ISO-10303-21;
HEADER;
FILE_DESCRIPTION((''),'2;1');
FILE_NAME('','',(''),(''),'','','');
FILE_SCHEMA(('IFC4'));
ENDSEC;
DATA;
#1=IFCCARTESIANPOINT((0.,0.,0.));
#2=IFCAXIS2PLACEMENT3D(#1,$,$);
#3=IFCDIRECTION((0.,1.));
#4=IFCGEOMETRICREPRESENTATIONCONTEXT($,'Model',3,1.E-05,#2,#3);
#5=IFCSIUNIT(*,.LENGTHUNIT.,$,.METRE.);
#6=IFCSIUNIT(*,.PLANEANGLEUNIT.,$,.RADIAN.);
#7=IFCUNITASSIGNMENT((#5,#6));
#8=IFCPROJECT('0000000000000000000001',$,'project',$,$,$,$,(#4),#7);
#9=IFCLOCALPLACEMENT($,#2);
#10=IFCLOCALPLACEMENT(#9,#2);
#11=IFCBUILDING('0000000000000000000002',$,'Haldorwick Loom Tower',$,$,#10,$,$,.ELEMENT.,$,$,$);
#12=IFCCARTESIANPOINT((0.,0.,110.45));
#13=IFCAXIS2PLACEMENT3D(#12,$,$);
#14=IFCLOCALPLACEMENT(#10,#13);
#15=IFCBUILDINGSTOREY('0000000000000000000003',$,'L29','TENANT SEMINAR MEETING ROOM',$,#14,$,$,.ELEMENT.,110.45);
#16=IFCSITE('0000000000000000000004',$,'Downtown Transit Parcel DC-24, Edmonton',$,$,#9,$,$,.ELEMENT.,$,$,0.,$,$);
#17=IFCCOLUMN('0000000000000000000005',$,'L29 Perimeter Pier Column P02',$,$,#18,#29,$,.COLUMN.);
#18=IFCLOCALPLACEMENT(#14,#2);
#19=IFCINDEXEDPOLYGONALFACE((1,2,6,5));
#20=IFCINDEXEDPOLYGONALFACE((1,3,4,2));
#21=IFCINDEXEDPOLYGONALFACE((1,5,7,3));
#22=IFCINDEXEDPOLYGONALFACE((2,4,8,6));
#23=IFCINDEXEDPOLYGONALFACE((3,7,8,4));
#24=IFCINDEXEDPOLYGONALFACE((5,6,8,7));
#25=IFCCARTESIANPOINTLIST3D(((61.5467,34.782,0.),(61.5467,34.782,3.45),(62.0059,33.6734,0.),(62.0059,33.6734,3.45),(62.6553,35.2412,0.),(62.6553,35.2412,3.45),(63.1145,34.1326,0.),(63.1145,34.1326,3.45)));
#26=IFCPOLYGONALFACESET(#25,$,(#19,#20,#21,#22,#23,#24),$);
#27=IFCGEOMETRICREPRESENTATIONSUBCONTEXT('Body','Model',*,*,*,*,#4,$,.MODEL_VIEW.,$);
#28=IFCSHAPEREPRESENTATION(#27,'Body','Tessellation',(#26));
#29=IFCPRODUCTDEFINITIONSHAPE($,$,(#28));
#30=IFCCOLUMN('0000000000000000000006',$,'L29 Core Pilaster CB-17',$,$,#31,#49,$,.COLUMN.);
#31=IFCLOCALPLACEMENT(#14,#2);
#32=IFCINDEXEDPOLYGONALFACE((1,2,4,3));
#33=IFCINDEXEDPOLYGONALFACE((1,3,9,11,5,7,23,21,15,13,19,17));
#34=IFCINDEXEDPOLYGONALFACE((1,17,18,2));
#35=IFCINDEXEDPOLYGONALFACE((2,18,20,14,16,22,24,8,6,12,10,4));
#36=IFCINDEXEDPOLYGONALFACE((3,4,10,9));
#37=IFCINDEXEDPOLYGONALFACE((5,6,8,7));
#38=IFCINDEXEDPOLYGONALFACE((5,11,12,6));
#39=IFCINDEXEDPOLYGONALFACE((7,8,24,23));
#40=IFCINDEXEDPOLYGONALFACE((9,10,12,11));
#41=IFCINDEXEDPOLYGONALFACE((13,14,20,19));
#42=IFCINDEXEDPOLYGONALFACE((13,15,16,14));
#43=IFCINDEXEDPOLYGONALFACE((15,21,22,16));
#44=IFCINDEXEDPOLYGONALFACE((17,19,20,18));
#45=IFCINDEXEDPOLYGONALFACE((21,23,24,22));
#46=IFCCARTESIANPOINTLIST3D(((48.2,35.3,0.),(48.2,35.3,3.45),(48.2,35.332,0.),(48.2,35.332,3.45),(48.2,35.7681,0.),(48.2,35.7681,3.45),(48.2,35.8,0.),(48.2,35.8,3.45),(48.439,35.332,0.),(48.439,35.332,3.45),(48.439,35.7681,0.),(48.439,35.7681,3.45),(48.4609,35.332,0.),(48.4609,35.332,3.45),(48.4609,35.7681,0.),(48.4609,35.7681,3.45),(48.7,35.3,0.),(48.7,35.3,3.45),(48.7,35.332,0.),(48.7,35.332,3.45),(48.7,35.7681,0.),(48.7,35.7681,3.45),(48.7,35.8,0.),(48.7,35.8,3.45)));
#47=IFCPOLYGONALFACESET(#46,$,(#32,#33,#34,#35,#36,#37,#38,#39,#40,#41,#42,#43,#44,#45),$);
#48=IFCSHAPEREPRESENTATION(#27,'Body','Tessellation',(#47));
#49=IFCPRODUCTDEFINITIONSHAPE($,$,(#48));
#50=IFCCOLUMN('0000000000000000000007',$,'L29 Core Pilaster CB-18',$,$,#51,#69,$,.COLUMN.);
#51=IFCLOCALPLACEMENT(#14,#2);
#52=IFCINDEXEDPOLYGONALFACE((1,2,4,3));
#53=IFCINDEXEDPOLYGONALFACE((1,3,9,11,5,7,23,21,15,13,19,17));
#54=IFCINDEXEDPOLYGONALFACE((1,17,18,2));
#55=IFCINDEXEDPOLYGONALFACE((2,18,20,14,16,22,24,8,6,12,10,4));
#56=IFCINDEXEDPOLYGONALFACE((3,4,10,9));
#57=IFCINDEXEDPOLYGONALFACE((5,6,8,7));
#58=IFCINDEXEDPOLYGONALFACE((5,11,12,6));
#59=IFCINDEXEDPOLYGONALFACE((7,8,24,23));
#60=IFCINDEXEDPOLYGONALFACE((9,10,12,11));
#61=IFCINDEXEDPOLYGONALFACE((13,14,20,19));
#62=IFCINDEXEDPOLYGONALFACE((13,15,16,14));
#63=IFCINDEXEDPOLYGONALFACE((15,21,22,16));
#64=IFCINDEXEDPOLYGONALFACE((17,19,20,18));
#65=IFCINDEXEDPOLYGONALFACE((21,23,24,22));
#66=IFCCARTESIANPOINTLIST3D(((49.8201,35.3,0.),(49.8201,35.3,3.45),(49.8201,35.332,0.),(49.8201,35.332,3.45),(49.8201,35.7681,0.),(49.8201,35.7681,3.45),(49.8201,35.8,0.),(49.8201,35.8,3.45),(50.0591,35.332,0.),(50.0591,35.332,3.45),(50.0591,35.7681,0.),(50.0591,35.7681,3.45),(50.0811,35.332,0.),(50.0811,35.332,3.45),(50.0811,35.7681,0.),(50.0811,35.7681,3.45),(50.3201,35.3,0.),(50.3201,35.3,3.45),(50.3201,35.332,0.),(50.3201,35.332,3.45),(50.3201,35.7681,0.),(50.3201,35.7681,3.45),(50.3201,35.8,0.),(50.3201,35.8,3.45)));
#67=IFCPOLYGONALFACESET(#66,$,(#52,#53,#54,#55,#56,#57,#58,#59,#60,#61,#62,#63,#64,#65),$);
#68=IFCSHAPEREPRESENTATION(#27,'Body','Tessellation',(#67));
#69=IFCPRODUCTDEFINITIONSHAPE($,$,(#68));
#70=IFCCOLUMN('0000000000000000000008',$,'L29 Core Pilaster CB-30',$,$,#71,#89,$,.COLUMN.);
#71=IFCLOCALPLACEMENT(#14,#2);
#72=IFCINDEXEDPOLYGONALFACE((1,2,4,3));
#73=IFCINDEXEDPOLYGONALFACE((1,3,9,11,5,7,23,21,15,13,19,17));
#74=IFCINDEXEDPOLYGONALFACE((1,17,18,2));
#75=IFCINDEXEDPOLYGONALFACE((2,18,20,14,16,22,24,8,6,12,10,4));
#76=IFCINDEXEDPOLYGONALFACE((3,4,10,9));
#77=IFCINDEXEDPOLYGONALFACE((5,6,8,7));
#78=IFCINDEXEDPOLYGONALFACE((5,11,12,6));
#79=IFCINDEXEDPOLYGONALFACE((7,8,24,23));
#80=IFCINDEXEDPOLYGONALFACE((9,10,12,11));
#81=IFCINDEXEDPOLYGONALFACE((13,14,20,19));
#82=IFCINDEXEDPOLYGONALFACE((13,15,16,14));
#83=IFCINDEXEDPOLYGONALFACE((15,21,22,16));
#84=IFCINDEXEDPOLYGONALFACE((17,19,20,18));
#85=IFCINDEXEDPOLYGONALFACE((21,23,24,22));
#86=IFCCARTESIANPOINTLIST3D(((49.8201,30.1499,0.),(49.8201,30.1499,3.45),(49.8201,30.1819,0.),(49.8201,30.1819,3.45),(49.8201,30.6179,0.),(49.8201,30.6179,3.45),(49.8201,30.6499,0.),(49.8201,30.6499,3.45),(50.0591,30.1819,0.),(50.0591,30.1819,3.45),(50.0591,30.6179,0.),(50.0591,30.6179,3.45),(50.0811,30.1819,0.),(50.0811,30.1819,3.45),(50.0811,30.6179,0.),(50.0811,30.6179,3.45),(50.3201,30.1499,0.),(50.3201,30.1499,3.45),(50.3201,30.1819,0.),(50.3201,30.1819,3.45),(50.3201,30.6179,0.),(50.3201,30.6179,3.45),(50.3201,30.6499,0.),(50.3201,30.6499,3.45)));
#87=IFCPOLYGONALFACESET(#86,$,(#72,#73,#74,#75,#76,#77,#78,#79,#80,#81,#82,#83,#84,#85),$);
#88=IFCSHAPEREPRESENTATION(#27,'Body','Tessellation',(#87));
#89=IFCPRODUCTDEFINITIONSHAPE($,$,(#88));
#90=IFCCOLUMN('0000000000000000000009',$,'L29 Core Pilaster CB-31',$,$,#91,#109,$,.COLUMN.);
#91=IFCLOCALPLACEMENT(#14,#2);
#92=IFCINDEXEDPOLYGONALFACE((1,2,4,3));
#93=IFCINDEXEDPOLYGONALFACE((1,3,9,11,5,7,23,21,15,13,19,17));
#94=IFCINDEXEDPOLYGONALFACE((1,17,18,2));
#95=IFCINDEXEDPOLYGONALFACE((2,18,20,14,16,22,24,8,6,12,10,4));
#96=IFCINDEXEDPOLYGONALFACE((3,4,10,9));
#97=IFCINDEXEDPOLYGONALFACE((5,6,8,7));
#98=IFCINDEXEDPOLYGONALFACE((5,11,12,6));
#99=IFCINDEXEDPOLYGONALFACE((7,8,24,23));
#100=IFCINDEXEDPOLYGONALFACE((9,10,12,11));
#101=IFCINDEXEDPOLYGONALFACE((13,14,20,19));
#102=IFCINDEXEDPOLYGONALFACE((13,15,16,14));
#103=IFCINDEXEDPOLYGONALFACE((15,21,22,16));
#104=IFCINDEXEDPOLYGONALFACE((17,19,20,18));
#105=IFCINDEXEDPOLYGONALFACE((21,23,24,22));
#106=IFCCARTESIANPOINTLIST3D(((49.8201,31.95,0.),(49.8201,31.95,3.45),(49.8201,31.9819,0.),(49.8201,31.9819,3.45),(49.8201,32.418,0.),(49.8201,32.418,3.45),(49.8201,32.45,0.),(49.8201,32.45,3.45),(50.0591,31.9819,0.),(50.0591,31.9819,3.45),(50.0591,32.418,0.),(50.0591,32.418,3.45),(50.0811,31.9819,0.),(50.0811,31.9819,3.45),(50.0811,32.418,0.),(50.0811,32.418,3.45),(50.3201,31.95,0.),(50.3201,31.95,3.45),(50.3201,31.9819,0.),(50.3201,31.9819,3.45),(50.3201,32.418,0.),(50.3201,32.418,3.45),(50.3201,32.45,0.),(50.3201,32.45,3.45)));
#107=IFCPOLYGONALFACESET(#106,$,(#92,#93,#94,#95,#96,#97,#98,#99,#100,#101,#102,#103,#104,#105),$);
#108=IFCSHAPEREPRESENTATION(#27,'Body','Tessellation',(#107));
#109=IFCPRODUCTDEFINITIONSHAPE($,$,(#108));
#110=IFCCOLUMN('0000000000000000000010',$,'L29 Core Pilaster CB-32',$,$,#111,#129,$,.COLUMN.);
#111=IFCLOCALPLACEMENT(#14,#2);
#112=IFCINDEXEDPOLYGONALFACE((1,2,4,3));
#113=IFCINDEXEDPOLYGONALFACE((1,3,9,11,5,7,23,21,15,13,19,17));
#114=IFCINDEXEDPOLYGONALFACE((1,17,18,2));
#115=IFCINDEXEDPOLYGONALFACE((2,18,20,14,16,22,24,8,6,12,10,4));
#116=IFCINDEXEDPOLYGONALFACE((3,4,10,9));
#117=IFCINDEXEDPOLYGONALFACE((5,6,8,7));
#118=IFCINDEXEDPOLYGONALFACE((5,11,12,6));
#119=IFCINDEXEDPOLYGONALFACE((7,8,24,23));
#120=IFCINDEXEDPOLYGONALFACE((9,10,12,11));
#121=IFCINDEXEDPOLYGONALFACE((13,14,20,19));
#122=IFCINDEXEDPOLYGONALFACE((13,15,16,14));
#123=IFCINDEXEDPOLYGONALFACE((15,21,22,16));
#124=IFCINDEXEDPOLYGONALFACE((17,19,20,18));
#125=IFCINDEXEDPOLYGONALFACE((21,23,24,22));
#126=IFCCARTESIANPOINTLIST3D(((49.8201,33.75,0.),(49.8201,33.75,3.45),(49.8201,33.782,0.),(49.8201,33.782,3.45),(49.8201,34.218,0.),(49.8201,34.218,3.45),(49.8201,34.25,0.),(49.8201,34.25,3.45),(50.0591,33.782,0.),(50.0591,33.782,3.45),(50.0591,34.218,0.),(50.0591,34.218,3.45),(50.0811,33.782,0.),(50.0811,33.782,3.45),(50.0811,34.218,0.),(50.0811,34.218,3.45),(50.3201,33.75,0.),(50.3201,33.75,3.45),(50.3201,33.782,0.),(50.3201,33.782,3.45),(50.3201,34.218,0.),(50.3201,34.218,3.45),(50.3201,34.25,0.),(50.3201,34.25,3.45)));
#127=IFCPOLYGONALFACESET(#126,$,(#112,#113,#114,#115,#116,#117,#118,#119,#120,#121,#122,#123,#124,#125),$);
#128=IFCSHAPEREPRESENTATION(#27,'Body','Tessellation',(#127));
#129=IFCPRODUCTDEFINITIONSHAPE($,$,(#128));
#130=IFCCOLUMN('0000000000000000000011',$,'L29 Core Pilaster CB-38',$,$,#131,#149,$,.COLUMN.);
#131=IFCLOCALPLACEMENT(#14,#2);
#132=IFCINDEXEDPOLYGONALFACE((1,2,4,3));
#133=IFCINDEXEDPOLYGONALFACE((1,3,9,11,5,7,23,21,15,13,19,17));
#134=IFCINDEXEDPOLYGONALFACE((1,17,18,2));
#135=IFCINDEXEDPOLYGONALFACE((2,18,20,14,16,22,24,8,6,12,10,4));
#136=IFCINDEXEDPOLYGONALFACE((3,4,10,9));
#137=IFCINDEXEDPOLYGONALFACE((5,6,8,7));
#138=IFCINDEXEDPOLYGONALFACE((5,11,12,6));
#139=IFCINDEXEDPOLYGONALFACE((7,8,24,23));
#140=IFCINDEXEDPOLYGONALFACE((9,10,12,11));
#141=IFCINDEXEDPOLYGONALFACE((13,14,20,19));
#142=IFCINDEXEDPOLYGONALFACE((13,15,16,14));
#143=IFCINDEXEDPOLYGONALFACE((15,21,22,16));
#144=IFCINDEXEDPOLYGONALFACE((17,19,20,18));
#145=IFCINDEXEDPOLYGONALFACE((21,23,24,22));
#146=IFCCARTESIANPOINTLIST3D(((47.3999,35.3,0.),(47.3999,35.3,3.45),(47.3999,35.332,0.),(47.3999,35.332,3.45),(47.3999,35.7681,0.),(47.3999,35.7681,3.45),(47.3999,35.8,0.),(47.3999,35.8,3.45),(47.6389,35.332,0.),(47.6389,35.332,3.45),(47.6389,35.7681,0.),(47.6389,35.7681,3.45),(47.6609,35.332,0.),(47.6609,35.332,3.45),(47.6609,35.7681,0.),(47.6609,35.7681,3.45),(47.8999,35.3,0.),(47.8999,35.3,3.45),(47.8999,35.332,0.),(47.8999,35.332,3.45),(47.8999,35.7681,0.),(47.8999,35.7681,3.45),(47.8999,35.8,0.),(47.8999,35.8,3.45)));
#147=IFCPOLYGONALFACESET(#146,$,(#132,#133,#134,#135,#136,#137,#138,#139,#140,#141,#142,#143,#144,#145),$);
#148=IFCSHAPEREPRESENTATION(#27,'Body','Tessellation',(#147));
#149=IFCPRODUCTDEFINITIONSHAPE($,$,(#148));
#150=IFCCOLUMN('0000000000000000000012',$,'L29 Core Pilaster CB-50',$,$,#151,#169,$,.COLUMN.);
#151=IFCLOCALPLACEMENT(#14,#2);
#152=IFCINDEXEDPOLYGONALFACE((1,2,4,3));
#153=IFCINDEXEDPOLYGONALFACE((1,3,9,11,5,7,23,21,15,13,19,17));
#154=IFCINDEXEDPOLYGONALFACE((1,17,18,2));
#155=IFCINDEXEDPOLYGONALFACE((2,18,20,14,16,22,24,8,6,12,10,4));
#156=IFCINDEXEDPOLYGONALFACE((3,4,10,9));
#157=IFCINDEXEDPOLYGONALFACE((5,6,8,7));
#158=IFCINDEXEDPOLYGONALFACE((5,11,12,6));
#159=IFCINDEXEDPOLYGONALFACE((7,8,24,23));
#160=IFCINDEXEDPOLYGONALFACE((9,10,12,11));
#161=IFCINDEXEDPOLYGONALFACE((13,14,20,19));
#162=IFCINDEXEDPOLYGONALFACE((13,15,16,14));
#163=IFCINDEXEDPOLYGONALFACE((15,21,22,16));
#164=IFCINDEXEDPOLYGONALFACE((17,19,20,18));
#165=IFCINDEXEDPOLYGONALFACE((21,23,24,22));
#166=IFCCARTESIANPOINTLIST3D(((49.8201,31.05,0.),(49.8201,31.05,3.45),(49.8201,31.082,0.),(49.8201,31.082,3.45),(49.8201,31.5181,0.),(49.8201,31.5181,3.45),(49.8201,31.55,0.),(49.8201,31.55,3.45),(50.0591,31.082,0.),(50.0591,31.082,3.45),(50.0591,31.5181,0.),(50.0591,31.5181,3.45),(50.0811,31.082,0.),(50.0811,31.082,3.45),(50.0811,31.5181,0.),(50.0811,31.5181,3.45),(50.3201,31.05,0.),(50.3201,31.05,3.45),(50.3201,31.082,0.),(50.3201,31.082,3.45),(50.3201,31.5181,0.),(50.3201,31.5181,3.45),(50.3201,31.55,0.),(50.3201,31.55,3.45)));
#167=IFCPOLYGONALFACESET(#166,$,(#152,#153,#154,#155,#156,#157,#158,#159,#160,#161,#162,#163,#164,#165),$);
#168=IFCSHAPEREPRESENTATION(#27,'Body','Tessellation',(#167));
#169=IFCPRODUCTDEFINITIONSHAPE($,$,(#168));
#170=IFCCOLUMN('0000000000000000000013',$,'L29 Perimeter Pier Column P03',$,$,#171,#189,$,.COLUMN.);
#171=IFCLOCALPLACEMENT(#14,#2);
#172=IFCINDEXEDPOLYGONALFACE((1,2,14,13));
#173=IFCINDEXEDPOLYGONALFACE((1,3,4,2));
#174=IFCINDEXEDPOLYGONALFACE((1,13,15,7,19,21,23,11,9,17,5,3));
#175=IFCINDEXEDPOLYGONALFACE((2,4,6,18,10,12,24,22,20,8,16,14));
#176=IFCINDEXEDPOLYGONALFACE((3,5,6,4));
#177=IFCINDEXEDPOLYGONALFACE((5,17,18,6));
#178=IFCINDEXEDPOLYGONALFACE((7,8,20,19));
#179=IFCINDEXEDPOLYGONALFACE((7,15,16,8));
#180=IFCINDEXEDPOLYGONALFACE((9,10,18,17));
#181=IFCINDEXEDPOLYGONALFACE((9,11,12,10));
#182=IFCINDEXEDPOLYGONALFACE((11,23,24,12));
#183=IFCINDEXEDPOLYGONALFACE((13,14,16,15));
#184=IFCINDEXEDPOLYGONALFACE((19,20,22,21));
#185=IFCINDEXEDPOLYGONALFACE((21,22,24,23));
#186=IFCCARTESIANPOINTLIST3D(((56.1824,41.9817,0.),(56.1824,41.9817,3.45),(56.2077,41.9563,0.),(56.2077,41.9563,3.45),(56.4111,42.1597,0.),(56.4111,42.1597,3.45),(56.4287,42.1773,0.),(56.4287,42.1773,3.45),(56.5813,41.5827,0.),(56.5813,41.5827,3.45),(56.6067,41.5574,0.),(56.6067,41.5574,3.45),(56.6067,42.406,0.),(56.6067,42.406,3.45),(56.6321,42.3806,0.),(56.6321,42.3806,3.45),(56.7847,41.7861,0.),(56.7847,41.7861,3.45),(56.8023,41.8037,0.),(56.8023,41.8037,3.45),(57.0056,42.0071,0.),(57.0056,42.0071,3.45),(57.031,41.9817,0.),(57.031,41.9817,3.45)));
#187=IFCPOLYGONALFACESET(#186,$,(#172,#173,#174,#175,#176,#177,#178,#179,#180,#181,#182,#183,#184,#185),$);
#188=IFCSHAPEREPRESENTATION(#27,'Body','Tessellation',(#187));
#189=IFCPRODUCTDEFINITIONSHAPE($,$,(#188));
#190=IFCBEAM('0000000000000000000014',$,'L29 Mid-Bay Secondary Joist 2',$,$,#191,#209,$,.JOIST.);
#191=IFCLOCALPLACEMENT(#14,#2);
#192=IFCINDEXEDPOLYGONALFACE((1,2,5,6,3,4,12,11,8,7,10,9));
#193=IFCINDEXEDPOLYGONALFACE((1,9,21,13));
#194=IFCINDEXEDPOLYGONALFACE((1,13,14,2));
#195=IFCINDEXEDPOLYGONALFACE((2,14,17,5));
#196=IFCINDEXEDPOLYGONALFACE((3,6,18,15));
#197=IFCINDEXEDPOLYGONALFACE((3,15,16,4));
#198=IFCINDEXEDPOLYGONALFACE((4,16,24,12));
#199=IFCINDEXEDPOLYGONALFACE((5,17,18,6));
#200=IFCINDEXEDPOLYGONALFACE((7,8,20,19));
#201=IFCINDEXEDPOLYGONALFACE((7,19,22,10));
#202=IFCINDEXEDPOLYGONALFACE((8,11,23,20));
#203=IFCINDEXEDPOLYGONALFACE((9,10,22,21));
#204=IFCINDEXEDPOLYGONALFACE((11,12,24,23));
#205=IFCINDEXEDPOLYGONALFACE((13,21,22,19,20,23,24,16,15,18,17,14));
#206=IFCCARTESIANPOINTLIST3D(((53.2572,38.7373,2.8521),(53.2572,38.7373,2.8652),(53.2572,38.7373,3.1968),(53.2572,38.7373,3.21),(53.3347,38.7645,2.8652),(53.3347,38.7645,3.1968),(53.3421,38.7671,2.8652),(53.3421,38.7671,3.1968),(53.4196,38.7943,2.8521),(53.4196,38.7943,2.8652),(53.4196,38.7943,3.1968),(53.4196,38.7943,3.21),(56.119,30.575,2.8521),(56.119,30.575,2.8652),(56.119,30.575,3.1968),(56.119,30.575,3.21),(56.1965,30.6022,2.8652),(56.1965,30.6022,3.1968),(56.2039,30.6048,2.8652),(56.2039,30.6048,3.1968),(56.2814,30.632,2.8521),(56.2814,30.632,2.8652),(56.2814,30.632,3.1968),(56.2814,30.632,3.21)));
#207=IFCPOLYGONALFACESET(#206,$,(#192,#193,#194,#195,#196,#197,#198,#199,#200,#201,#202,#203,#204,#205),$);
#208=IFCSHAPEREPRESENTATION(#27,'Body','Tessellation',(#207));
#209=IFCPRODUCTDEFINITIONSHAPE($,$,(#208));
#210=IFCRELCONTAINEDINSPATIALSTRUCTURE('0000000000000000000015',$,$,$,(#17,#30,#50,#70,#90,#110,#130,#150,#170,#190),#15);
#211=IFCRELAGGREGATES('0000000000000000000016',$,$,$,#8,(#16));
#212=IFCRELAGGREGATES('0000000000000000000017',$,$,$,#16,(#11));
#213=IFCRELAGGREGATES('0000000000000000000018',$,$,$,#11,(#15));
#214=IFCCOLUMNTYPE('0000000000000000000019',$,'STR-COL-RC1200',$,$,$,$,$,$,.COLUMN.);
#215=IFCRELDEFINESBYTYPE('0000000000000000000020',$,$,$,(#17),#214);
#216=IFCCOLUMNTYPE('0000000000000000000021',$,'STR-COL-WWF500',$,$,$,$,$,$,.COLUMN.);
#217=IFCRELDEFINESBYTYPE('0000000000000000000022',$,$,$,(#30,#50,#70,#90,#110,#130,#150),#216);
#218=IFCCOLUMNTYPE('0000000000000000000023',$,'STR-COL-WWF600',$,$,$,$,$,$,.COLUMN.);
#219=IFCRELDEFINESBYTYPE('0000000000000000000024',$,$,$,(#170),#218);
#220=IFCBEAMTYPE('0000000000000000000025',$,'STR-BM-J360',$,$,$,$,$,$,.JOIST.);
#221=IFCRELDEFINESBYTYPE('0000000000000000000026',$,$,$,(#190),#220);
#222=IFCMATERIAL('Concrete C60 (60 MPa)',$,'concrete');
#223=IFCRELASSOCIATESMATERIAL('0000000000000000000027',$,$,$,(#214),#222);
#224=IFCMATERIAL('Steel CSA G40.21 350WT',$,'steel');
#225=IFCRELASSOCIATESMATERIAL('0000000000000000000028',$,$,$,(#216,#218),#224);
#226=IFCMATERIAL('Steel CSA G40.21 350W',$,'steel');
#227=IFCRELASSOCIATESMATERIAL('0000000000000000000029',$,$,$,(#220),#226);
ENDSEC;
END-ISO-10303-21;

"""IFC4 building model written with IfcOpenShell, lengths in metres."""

from ifc_helpers import new_model, si_unit, direction, frame, origin, origin_2d, place, context, subcontext, project, spatial, rectangle, i_section, extrude, material, material_profile, profile_set, type_object, element, save


model = new_model("IFC4")

# Units and contexts
model_context = context("Model", 3, precision=1e-05, world=origin(), true_north=direction((0.0, 1.0)))
body_context = subcontext(model_context, "Body", "Model", "MODEL_VIEW")
ifc_project = project(units=[si_unit("LENGTHUNIT", "METRE"), si_unit("PLANEANGLEUNIT", "RADIAN")], contexts=[model_context])

# Site, building, storey
site_placement = place(None, origin())
site = spatial("IfcSite", under=ifc_project, at=site_placement, Name="Downtown Transit Parcel DC-24, Edmonton", CompositionType="ELEMENT", RefElevation=0.0)
building_placement = place(site_placement, origin())
building = spatial("IfcBuilding", under=site, at=building_placement, Name="Haldorwick Loom Tower", CompositionType="ELEMENT")
storey_placement = place(building_placement, frame((0.0, 0.0, 110.45)))
storey = spatial("IfcBuildingStorey", under=building, at=storey_placement, Name="L29", Description="TENANT SEMINAR MEETING ROOM", CompositionType="ELEMENT", Elevation=110.45)

# Columns
ifc_material_1 = material(Name="Concrete C60 (60 MPa)", Category="concrete")
ifc_material_profile_1 = material_profile(ifc_material_1, rectangle(XDim=1.2, YDim=1.2, at=origin_2d()), Name="RC1200X1200", Category="concrete")
ifc_profile_set_1 = profile_set([ifc_material_profile_1], Name="Concrete C60 (60 MPa)")
column_type_1 = type_object("IfcColumnType", Name="STR-COL-RC1200", PredefinedType="COLUMN", material=ifc_profile_set_1)
column_1_placement = place(storey_placement, frame((62.3306, 34.4573, 0.0), z_axis=(0.0, 0.0, 1.0), x_axis=(0.92388, 0.382683, 0.0)))
element("IfcColumn", 1, at=column_1_placement, inside=storey, type_object=column_type_1, Name="L29 Perimeter Pier Column P02", PredefinedType="COLUMN", context=body_context, shape_type="SweptSolid", body=[
    extrude(rectangle(XDim=1.2, YDim=1.2, at=origin_2d()), origin(), (0.0, 0.0, 1.0), 3.45),
])
ifc_material_2 = material(Name="Steel CSA G40.21 350WT", Category="steel")
ifc_material_profile_2 = material_profile(ifc_material_2, i_section(OverallWidth=0.5, OverallDepth=0.5, WebThickness=0.022, FlangeThickness=0.032, at=origin_2d()), Name="WWF500X500", Category="steel")
ifc_profile_set_2 = profile_set([ifc_material_profile_2], Name="Steel CSA G40.21 350WT")
column_type_2 = type_object("IfcColumnType", Name="STR-COL-WWF500", PredefinedType="COLUMN", material=ifc_profile_set_2)
for number, where, z_axis, x_axis, name in (
    (2, (48.45, 35.55, 0.0), (0.0, 0.0, 1.0), (1.0, 0.0, 0.0), "L29 Core Pilaster CB-17"),
    (3, (50.0701, 35.55, 0.0), (0.0, 0.0, 1.0), (1.0, 0.0, 0.0), "L29 Core Pilaster CB-18"),
    (4, (50.0701, 30.3999, 0.0), (0.0, 0.0, 1.0), (1.0, 0.0, 0.0), "L29 Core Pilaster CB-30"),
    (5, (50.0701, 32.2, 0.0), (0.0, 0.0, 1.0), (1.0, 0.0, 0.0), "L29 Core Pilaster CB-31"),
    (6, (50.0701, 34.0, 0.0), (0.0, 0.0, 1.0), (1.0, 0.0, 0.0), "L29 Core Pilaster CB-32"),
    (7, (47.6499, 35.55, 0.0), (0.0, 0.0, 1.0), (1.0, 0.0, 0.0), "L29 Core Pilaster CB-38"),
    (8, (50.0701, 31.3, 0.0), (0.0, 0.0, 1.0), (1.0, 0.0, 0.0), "L29 Core Pilaster CB-50"),
):
    element("IfcColumn", number, at=place(storey_placement, frame(where, z_axis=z_axis, x_axis=x_axis)), inside=storey, type_object=column_type_2, Name=name, PredefinedType="COLUMN", context=body_context, shape_type="SweptSolid", body=[
        extrude(i_section(OverallWidth=0.5, OverallDepth=0.5, WebThickness=0.022, FlangeThickness=0.032, at=origin_2d()), origin(), (0.0, 0.0, 1.0), 3.45),
    ])
ifc_material_profile_3 = material_profile(ifc_material_2, i_section(OverallWidth=0.6001, OverallDepth=0.6001, WebThickness=0.0249, FlangeThickness=0.0359, at=origin_2d()), Name="WWF600X600", Category="steel")
ifc_profile_set_3 = profile_set([ifc_material_profile_3], Name="Steel CSA G40.21 350WT")
column_type_3 = type_object("IfcColumnType", Name="STR-COL-WWF600", PredefinedType="COLUMN", material=ifc_profile_set_3)
column_2_placement = place(storey_placement, frame((56.6067, 41.9817, 0.0), z_axis=(0.0, 0.0, 1.0), x_axis=(0.707107, 0.707107, 0.0)))
element("IfcColumn", 9, at=column_2_placement, inside=storey, type_object=column_type_3, Name="L29 Perimeter Pier Column P03", PredefinedType="COLUMN", context=body_context, shape_type="SweptSolid", body=[
    extrude(i_section(OverallWidth=0.6001, OverallDepth=0.6001, WebThickness=0.0249, FlangeThickness=0.0359, at=origin_2d()), origin(), (0.0, 0.0, 1.0), 3.45),
])

# Beam
ifc_material_3 = material(Name="Steel CSA G40.21 350W", Category="steel")
ifc_material_profile_4 = material_profile(ifc_material_3, i_section(OverallWidth=0.1721, OverallDepth=0.3579, WebThickness=0.0078, FlangeThickness=0.0132, at=origin_2d()), Name="W360X57", Category="steel")
ifc_profile_set_4 = profile_set([ifc_material_profile_4], Name="Steel CSA G40.21 350W")
beam_type_1 = type_object("IfcBeamType", Name="STR-BM-J360", PredefinedType="JOIST", material=ifc_profile_set_4)
beam_1_placement = place(storey_placement, frame((56.2002, 30.6035, 3.031), z_axis=(-0.330865, 0.943678, 0.0), x_axis=(-0.943678, -0.330865, 0.0)))
element("IfcBeam", 10, at=beam_1_placement, inside=storey, type_object=beam_type_1, Name="L29 Mid-Bay Secondary Joist 2", PredefinedType="JOIST", context=body_context, shape_type="SweptSolid", body=[
    extrude(i_section(OverallWidth=0.1721, OverallDepth=0.3579, WebThickness=0.0078, FlangeThickness=0.0132, at=origin_2d()), origin(), (0.0, 0.0, 1.0), 8.6494),
])

save(model, "model.ifc")
